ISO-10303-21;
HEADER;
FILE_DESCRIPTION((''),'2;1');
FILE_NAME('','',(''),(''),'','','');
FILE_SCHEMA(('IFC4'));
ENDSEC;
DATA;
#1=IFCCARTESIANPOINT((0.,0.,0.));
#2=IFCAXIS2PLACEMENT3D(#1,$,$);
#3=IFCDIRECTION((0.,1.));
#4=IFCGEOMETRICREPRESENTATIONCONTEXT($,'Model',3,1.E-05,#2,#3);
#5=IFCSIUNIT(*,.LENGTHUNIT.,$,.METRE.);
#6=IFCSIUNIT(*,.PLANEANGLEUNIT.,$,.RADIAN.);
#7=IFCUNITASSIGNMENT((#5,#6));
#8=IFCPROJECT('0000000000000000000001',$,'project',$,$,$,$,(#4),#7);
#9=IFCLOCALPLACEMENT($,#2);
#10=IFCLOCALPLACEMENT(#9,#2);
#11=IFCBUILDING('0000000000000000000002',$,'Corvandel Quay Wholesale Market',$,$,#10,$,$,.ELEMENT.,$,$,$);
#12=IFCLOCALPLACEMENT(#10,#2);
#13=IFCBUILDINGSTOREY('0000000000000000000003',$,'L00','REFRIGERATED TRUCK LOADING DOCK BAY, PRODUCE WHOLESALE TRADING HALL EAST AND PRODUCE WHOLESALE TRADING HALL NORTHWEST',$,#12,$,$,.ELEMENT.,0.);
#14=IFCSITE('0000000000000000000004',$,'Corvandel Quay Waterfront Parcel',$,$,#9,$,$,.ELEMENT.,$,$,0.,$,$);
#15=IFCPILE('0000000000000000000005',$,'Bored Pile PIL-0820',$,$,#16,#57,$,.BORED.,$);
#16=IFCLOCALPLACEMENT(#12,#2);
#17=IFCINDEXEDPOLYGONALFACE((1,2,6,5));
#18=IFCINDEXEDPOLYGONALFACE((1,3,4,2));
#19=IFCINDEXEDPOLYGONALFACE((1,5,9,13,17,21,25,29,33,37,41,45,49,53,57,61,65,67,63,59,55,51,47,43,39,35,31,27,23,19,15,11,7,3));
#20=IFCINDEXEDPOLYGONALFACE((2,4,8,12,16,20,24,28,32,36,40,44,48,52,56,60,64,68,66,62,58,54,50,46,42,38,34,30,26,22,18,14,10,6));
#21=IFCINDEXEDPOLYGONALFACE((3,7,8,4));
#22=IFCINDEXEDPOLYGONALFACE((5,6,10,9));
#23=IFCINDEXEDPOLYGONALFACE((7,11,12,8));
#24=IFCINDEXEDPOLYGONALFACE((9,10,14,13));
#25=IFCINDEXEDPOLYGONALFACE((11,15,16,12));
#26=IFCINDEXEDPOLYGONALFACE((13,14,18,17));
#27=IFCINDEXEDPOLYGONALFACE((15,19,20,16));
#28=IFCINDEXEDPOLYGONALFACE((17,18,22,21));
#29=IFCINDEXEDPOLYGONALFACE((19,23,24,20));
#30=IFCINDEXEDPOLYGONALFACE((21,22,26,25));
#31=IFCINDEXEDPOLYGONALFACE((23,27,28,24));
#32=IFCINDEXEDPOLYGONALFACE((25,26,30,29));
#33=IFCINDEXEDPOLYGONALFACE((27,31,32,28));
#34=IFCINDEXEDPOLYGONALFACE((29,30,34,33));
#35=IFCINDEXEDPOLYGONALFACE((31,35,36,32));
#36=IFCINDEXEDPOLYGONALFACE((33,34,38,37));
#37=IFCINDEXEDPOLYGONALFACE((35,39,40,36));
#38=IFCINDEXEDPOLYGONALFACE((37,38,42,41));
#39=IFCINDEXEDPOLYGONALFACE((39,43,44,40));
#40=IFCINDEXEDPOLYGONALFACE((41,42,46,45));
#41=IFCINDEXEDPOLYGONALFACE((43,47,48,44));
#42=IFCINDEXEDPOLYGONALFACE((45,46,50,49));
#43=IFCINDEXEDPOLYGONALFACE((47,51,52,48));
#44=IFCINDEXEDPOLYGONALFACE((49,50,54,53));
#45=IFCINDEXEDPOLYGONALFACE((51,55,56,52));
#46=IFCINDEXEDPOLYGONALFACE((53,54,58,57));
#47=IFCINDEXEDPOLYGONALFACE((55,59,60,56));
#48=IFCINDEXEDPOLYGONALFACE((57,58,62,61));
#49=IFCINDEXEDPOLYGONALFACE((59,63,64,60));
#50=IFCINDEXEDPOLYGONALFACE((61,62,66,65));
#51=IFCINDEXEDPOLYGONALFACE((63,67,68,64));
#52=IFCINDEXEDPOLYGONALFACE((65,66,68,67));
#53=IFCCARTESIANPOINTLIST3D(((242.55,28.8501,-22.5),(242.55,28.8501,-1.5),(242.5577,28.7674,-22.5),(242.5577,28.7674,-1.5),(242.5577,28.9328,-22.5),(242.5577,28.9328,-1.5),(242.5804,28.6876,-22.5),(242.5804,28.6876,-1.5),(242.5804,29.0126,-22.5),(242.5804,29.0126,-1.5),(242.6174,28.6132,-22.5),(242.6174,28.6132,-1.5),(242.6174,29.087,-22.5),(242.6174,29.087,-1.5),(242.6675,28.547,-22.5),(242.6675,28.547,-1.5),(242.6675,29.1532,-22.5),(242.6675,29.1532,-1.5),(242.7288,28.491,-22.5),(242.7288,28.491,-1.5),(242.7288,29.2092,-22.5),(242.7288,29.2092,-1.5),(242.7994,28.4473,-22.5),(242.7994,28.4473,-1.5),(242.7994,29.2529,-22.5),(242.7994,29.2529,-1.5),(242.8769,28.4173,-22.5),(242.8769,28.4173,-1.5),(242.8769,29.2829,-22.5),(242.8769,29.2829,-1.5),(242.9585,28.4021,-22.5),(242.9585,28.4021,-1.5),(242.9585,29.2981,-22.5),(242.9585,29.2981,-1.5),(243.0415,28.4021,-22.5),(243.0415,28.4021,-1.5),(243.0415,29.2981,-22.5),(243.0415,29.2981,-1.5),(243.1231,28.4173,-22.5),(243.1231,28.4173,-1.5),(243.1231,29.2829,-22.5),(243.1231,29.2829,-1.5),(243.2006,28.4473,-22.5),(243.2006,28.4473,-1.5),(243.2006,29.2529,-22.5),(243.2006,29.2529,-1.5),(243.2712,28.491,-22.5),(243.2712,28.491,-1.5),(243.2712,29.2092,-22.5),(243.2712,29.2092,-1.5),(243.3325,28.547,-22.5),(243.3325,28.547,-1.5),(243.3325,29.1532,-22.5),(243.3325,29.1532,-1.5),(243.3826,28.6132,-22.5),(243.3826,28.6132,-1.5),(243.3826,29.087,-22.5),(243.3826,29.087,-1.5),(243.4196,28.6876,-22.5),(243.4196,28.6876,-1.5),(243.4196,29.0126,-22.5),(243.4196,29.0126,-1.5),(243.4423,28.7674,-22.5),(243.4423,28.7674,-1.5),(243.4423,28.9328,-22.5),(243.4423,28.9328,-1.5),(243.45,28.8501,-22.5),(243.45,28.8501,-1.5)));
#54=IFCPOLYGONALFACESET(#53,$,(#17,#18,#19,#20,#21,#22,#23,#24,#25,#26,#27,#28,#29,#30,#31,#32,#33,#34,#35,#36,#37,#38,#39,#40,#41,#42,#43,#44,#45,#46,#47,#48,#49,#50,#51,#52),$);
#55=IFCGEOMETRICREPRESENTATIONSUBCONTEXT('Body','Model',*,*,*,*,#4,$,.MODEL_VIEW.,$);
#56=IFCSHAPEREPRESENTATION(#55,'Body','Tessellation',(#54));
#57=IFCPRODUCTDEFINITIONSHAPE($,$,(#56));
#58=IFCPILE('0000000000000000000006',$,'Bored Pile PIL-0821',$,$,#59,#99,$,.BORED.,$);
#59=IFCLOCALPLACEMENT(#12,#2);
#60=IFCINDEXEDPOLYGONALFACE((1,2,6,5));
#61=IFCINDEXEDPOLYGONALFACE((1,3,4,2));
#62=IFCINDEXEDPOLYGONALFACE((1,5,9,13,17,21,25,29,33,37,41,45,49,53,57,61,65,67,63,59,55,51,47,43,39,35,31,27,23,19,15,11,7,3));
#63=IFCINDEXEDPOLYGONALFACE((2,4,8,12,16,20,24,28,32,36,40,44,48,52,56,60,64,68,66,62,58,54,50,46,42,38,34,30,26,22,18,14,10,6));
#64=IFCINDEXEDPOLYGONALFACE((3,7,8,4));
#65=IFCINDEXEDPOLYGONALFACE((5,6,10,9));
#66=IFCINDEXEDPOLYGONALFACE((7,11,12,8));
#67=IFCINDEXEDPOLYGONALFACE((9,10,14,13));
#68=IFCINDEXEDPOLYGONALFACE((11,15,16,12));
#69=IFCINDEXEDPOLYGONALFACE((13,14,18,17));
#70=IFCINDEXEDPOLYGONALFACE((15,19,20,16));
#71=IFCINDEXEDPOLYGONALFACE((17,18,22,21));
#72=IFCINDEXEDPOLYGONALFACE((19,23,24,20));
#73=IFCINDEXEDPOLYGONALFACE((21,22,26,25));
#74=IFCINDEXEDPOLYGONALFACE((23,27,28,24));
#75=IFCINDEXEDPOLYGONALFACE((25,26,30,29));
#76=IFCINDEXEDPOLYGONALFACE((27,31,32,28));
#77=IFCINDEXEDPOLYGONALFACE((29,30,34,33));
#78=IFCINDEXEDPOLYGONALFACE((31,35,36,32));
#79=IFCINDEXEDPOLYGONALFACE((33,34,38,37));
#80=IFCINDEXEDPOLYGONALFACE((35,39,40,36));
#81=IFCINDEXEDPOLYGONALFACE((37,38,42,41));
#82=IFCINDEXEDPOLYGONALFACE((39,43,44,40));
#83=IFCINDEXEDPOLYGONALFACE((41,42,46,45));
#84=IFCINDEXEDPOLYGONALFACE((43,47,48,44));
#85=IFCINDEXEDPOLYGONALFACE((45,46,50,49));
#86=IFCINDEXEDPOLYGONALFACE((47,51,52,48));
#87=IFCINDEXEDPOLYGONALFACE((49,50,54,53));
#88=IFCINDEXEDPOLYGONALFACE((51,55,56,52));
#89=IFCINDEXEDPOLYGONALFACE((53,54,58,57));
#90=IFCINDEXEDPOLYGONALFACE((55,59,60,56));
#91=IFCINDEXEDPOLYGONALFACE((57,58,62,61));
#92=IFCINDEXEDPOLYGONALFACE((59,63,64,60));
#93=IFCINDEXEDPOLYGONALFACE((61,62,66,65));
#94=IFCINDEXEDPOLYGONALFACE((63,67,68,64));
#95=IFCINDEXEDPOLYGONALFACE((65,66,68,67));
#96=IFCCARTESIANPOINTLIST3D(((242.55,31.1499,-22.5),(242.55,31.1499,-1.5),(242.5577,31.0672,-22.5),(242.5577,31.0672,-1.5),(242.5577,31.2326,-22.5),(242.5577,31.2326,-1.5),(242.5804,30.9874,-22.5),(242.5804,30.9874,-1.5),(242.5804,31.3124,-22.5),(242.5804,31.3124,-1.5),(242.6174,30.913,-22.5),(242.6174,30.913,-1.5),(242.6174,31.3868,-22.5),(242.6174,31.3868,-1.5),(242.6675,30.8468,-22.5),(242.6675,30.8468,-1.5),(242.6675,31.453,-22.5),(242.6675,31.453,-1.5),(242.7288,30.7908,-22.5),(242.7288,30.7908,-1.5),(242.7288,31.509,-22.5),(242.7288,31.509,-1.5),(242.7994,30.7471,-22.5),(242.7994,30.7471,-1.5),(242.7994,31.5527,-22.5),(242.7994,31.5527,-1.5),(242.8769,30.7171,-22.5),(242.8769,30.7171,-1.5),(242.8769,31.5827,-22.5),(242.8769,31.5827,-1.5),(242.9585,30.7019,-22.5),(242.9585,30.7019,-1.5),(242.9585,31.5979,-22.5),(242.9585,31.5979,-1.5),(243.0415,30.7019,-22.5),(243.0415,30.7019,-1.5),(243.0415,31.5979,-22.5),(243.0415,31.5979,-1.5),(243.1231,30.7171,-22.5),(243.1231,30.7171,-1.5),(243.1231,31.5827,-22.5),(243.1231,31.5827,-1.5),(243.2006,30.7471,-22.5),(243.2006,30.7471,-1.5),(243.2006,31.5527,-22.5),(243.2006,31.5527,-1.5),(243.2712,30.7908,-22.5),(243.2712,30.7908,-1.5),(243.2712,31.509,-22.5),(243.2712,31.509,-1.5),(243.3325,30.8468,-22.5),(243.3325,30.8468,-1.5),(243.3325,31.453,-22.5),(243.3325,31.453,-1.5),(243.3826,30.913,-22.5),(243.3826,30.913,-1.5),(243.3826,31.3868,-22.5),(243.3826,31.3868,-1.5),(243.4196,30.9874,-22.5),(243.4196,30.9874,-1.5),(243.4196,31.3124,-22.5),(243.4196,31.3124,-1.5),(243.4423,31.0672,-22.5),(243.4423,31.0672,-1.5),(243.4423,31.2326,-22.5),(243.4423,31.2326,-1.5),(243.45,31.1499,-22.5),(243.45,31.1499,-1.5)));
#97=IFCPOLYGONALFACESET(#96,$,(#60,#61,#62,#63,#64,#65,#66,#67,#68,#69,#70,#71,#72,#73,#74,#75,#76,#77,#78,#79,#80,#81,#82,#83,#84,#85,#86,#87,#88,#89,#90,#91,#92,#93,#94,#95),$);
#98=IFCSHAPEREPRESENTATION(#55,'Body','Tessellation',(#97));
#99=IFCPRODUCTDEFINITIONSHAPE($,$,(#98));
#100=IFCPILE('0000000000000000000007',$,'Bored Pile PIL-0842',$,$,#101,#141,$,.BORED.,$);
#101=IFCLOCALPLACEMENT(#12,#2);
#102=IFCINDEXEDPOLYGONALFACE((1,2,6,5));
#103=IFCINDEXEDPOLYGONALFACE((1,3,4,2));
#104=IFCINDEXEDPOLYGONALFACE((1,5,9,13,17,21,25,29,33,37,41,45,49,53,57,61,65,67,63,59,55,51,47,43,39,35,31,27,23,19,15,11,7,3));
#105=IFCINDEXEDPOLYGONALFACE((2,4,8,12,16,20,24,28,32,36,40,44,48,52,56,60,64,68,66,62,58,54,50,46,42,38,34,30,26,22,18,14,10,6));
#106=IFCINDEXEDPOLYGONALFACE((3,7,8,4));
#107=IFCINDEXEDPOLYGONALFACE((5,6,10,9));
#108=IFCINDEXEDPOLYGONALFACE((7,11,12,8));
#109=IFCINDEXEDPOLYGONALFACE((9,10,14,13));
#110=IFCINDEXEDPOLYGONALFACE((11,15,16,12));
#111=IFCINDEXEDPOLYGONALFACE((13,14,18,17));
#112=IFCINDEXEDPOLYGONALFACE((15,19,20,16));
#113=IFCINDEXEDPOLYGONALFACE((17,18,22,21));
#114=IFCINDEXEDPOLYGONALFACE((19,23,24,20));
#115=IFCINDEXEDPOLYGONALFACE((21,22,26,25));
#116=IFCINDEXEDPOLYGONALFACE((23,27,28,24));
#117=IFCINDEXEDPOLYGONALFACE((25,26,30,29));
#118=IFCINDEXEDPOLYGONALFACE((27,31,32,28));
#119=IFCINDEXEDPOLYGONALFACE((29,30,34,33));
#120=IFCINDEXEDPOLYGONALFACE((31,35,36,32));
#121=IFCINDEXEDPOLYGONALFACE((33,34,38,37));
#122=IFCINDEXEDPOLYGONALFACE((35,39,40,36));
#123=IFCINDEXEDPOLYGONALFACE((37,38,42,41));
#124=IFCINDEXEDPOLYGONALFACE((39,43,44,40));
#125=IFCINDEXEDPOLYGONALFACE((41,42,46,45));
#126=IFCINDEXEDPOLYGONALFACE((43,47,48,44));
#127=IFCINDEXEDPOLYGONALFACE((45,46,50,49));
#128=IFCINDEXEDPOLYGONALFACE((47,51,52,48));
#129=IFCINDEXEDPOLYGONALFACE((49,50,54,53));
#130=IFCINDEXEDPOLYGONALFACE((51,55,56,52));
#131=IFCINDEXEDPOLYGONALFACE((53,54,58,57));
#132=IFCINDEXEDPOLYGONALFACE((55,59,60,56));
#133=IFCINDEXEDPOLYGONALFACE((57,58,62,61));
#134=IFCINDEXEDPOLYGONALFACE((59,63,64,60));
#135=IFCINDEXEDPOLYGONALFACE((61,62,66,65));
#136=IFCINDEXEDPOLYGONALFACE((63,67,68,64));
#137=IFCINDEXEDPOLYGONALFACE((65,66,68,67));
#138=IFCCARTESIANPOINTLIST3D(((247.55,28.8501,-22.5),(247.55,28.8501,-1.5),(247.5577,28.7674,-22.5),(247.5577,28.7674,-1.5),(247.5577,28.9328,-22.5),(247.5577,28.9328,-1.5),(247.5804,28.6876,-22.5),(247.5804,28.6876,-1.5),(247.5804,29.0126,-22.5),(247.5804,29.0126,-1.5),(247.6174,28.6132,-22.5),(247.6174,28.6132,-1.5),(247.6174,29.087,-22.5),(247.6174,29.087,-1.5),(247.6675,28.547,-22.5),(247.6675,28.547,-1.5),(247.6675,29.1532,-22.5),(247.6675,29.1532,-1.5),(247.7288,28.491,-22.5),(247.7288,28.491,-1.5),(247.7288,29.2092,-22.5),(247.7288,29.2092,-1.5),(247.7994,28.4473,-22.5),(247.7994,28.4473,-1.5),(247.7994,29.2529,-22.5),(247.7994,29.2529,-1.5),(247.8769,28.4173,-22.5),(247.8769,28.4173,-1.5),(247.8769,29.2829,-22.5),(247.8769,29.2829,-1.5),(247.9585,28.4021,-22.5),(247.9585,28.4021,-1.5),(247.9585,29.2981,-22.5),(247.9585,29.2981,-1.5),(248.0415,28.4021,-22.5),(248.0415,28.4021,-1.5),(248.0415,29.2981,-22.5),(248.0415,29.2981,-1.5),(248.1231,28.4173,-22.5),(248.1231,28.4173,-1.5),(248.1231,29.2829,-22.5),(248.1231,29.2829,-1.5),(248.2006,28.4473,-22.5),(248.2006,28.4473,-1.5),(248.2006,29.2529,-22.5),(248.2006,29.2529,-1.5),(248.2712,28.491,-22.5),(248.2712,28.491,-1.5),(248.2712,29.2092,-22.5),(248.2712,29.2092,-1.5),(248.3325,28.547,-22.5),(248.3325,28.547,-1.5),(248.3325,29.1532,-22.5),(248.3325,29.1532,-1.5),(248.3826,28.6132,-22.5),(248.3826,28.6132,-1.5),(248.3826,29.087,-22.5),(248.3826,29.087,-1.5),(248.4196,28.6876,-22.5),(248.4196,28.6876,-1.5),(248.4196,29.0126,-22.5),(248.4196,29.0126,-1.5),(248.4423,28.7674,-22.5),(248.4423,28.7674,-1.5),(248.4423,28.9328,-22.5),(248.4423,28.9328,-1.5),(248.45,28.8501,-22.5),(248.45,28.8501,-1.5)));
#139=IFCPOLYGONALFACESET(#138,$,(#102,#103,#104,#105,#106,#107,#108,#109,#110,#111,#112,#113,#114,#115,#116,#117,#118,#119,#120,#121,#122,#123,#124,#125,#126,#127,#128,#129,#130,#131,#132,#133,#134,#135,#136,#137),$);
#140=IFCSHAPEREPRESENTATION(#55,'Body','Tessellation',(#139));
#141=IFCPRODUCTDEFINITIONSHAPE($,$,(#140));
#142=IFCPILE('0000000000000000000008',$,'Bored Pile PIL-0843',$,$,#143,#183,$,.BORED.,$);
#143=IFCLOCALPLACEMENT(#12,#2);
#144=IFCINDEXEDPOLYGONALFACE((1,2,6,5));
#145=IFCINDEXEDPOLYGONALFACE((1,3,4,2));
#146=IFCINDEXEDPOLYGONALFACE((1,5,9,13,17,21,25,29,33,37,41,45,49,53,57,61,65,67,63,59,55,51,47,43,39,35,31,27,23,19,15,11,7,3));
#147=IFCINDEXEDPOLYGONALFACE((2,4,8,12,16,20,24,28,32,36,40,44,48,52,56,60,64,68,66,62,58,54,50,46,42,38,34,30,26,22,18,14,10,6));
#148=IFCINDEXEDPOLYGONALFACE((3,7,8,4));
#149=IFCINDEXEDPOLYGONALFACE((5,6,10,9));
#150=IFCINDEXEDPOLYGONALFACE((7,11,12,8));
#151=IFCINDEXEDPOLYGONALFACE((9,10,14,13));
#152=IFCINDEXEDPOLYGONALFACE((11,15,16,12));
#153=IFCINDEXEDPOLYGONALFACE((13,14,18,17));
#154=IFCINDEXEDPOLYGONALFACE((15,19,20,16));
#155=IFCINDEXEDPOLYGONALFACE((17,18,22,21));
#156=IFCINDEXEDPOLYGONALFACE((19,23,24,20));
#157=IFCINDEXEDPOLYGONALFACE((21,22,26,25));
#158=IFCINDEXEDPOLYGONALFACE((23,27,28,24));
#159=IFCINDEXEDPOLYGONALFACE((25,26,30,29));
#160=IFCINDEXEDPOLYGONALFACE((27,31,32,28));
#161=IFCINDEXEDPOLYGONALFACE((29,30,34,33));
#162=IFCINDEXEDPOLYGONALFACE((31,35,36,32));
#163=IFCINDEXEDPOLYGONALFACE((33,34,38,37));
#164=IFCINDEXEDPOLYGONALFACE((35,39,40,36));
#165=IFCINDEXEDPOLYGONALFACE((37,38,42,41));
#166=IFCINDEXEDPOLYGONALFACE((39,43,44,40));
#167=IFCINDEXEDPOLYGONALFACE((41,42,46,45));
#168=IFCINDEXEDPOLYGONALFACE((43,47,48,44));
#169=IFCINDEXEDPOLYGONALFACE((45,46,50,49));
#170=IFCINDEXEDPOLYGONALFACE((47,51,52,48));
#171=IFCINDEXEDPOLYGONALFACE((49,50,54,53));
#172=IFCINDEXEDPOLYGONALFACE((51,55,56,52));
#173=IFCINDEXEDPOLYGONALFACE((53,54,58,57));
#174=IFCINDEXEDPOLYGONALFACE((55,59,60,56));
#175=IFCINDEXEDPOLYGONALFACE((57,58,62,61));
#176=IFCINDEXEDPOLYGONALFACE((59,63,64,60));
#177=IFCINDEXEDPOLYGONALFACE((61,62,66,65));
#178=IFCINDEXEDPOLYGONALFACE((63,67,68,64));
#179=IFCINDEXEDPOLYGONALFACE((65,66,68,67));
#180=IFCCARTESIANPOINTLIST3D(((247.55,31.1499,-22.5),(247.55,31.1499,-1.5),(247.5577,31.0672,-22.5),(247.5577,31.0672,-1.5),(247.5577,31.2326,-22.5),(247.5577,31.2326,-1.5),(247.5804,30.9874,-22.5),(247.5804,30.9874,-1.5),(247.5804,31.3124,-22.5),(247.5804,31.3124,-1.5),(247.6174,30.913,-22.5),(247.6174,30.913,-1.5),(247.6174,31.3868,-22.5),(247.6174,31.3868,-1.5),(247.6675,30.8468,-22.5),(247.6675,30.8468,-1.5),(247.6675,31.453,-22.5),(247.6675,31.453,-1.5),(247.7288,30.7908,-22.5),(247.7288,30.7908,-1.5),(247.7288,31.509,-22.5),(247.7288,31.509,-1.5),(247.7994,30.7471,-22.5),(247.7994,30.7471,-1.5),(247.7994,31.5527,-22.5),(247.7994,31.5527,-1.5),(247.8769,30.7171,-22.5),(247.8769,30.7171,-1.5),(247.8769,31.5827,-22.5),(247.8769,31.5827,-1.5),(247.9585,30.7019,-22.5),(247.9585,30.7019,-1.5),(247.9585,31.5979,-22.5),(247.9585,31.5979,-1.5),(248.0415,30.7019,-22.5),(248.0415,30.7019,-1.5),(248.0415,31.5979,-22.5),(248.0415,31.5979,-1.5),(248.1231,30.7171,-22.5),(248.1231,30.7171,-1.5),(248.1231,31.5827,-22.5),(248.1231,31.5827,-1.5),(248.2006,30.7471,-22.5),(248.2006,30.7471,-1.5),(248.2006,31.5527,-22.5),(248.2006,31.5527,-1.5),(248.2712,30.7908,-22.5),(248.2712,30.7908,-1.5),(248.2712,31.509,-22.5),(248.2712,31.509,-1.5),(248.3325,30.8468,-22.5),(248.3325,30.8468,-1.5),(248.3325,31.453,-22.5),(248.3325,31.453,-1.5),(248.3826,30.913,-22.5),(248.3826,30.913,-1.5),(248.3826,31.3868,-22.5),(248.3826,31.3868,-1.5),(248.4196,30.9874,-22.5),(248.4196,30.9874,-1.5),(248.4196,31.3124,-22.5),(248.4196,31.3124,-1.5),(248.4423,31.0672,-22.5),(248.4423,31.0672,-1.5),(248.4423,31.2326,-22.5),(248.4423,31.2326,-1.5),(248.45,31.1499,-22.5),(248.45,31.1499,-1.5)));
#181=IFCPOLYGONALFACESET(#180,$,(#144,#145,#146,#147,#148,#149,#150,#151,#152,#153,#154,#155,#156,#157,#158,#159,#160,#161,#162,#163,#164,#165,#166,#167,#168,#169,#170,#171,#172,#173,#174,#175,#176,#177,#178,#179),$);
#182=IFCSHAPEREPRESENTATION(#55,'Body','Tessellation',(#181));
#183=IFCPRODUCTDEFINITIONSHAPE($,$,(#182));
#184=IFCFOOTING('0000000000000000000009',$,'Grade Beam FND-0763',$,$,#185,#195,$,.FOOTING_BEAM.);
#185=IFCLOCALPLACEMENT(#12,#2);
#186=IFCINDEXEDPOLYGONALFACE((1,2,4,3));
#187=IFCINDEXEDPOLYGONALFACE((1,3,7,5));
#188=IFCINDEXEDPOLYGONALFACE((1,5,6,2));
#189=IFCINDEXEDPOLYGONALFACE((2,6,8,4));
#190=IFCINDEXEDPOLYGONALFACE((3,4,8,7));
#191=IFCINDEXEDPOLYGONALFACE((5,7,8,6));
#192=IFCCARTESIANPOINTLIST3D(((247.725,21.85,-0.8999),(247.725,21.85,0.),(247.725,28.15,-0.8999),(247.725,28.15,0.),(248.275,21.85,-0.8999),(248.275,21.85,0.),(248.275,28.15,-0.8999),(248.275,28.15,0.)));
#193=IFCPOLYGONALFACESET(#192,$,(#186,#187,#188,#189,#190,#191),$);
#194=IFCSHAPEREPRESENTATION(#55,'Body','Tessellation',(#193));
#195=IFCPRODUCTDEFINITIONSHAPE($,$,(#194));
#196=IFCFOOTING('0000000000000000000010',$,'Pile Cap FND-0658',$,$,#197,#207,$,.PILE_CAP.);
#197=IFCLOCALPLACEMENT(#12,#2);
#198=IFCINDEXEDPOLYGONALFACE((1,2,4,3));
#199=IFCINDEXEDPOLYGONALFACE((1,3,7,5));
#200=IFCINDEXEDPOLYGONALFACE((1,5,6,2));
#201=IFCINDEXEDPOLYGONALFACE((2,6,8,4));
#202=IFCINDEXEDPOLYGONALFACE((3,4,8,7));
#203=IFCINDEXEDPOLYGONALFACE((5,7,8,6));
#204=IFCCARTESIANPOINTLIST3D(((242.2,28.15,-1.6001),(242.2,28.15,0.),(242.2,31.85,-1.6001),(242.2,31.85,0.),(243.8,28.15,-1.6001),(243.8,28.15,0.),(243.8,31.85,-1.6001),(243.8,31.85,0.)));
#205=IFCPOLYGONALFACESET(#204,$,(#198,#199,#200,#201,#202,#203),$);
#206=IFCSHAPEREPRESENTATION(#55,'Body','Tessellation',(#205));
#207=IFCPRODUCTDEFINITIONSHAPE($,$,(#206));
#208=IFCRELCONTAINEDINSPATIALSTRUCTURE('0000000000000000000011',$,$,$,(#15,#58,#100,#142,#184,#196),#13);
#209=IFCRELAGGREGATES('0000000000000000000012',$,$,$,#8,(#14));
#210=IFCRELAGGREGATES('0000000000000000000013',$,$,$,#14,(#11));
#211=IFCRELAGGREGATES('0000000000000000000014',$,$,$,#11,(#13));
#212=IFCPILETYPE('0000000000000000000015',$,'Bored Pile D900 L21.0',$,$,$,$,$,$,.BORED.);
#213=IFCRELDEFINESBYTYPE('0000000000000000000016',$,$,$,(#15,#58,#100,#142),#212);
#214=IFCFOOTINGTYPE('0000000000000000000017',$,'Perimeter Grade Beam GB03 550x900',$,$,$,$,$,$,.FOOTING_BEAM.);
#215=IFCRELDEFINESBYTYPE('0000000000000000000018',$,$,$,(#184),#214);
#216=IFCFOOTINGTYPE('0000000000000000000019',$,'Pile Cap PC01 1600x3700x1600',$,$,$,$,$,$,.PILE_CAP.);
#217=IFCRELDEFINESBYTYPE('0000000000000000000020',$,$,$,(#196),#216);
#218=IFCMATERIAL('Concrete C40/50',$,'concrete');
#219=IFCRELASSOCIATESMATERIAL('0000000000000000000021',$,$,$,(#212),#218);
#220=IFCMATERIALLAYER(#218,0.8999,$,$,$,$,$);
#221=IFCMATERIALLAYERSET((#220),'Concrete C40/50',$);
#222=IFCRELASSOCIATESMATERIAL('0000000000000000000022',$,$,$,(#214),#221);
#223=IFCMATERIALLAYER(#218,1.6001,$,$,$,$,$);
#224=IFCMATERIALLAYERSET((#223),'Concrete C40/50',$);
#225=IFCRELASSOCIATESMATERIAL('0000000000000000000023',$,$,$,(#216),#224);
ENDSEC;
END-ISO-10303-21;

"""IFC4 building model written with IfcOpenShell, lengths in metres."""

from ifc_helpers import new_model, si_unit, direction, frame, origin, origin_2d, place, context, subcontext, project, spatial, rectangle, circle, extrude, material, layer, layer_set, material_profile, profile_set, type_object, element, save


model = new_model("IFC4")

# Units and contexts
model_context = context("Model", 3, precision=1e-05, world=origin(), true_north=direction((0.0, 1.0)))
body_context = subcontext(model_context, "Body", "Model", "MODEL_VIEW")
ifc_project = project(units=[si_unit("LENGTHUNIT", "METRE"), si_unit("PLANEANGLEUNIT", "RADIAN")], contexts=[model_context])

# Site, building, storey
site_placement = place(None, origin())
site = spatial("IfcSite", under=ifc_project, at=site_placement, Name="Corvandel Quay Waterfront Parcel", CompositionType="ELEMENT", RefElevation=0.0)
building_placement = place(site_placement, origin())
building = spatial("IfcBuilding", under=site, at=building_placement, Name="Corvandel Quay Wholesale Market", CompositionType="ELEMENT")
storey_placement = place(building_placement, origin())
storey = spatial("IfcBuildingStorey", under=building, at=storey_placement, Name="L00", Description="REFRIGERATED TRUCK LOADING DOCK BAY, PRODUCE WHOLESALE TRADING HALL EAST AND PRODUCE WHOLESALE TRADING HALL NORTHWEST", CompositionType="ELEMENT", Elevation=0.0)

# Piles
ifc_material_1 = material(Name="Concrete C40/50", Category="concrete")
ifc_material_profile_1 = material_profile(ifc_material_1, circle(Radius=0.45, at=origin_2d()), Name="RC-PILE-D900")
ifc_profile_set_1 = profile_set([ifc_material_profile_1], Name="Concrete C40/50")
pile_type = type_object("IfcPileType", Name="Bored Pile D900 L21.0", PredefinedType="BORED", material=ifc_profile_set_1)
for number, where, z_axis, x_axis, name in (
    (1, (243.0, 28.8501, -1.5), (0.0, 0.0, -1.0), (1.0, 0.0, 0.0), "Bored Pile PIL-0820"),
    (2, (243.0, 31.1499, -1.5), (0.0, 0.0, -1.0), (1.0, 0.0, 0.0), "Bored Pile PIL-0821"),
    (3, (248.0, 28.8501, -1.5), (0.0, 0.0, -1.0), (1.0, 0.0, 0.0), "Bored Pile PIL-0842"),
    (4, (248.0, 31.1499, -1.5), (0.0, 0.0, -1.0), (1.0, 0.0, 0.0), "Bored Pile PIL-0843"),
):
    element("IfcPile", number, at=place(storey_placement, frame(where, z_axis=z_axis, x_axis=x_axis)), inside=storey, type_object=pile_type, Name=name, PredefinedType="BORED", context=body_context, shape_type="SweptSolid", body=[
        extrude(circle(Radius=0.45, at=origin_2d()), origin(), (0.0, 0.0, 1.0), 21.0),
    ])

# Footings
ifc_layer_1 = layer(ifc_material_1, 0.8999)
ifc_layer_set_1 = layer_set([ifc_layer_1], Name="Concrete C40/50")
footing_type_1 = type_object("IfcFootingType", Name="Perimeter Grade Beam GB03 550x900", PredefinedType="FOOTING_BEAM", material=ifc_layer_set_1)
footing_1_placement = place(storey_placement, frame((248.0, 25.0, -0.8999), z_axis=(0.0, 0.0, 1.0), x_axis=(0.0, 1.0, 0.0)))
element("IfcFooting", 5, at=footing_1_placement, inside=storey, type_object=footing_type_1, Name="Grade Beam FND-0763", PredefinedType="FOOTING_BEAM", context=body_context, shape_type="SweptSolid", body=[
    extrude(rectangle(XDim=6.3, YDim=0.55, at=origin_2d()), origin(), (0.0, 0.0, 1.0), 0.8999),
])
ifc_layer_2 = layer(ifc_material_1, 1.6001)
ifc_layer_set_2 = layer_set([ifc_layer_2], Name="Concrete C40/50")
footing_type_2 = type_object("IfcFootingType", Name="Pile Cap PC01 1600x3700x1600", PredefinedType="PILE_CAP", material=ifc_layer_set_2)
for number, where, z_axis, x_axis, name in (
    (6, (243.0, 30.0, -1.6001), (0.0, 0.0, 1.0), (1.0, 0.0, 0.0), "Pile Cap FND-0658"),
):
    element("IfcFooting", number, at=place(storey_placement, frame(where, z_axis=z_axis, x_axis=x_axis)), inside=storey, type_object=footing_type_2, Name=name, PredefinedType="PILE_CAP", context=body_context, shape_type="SweptSolid", body=[
        extrude(rectangle(XDim=1.6001, YDim=3.7, at=origin_2d()), origin(), (0.0, 0.0, 1.0), 1.6001),
    ])

save(model, "model.ifc")
